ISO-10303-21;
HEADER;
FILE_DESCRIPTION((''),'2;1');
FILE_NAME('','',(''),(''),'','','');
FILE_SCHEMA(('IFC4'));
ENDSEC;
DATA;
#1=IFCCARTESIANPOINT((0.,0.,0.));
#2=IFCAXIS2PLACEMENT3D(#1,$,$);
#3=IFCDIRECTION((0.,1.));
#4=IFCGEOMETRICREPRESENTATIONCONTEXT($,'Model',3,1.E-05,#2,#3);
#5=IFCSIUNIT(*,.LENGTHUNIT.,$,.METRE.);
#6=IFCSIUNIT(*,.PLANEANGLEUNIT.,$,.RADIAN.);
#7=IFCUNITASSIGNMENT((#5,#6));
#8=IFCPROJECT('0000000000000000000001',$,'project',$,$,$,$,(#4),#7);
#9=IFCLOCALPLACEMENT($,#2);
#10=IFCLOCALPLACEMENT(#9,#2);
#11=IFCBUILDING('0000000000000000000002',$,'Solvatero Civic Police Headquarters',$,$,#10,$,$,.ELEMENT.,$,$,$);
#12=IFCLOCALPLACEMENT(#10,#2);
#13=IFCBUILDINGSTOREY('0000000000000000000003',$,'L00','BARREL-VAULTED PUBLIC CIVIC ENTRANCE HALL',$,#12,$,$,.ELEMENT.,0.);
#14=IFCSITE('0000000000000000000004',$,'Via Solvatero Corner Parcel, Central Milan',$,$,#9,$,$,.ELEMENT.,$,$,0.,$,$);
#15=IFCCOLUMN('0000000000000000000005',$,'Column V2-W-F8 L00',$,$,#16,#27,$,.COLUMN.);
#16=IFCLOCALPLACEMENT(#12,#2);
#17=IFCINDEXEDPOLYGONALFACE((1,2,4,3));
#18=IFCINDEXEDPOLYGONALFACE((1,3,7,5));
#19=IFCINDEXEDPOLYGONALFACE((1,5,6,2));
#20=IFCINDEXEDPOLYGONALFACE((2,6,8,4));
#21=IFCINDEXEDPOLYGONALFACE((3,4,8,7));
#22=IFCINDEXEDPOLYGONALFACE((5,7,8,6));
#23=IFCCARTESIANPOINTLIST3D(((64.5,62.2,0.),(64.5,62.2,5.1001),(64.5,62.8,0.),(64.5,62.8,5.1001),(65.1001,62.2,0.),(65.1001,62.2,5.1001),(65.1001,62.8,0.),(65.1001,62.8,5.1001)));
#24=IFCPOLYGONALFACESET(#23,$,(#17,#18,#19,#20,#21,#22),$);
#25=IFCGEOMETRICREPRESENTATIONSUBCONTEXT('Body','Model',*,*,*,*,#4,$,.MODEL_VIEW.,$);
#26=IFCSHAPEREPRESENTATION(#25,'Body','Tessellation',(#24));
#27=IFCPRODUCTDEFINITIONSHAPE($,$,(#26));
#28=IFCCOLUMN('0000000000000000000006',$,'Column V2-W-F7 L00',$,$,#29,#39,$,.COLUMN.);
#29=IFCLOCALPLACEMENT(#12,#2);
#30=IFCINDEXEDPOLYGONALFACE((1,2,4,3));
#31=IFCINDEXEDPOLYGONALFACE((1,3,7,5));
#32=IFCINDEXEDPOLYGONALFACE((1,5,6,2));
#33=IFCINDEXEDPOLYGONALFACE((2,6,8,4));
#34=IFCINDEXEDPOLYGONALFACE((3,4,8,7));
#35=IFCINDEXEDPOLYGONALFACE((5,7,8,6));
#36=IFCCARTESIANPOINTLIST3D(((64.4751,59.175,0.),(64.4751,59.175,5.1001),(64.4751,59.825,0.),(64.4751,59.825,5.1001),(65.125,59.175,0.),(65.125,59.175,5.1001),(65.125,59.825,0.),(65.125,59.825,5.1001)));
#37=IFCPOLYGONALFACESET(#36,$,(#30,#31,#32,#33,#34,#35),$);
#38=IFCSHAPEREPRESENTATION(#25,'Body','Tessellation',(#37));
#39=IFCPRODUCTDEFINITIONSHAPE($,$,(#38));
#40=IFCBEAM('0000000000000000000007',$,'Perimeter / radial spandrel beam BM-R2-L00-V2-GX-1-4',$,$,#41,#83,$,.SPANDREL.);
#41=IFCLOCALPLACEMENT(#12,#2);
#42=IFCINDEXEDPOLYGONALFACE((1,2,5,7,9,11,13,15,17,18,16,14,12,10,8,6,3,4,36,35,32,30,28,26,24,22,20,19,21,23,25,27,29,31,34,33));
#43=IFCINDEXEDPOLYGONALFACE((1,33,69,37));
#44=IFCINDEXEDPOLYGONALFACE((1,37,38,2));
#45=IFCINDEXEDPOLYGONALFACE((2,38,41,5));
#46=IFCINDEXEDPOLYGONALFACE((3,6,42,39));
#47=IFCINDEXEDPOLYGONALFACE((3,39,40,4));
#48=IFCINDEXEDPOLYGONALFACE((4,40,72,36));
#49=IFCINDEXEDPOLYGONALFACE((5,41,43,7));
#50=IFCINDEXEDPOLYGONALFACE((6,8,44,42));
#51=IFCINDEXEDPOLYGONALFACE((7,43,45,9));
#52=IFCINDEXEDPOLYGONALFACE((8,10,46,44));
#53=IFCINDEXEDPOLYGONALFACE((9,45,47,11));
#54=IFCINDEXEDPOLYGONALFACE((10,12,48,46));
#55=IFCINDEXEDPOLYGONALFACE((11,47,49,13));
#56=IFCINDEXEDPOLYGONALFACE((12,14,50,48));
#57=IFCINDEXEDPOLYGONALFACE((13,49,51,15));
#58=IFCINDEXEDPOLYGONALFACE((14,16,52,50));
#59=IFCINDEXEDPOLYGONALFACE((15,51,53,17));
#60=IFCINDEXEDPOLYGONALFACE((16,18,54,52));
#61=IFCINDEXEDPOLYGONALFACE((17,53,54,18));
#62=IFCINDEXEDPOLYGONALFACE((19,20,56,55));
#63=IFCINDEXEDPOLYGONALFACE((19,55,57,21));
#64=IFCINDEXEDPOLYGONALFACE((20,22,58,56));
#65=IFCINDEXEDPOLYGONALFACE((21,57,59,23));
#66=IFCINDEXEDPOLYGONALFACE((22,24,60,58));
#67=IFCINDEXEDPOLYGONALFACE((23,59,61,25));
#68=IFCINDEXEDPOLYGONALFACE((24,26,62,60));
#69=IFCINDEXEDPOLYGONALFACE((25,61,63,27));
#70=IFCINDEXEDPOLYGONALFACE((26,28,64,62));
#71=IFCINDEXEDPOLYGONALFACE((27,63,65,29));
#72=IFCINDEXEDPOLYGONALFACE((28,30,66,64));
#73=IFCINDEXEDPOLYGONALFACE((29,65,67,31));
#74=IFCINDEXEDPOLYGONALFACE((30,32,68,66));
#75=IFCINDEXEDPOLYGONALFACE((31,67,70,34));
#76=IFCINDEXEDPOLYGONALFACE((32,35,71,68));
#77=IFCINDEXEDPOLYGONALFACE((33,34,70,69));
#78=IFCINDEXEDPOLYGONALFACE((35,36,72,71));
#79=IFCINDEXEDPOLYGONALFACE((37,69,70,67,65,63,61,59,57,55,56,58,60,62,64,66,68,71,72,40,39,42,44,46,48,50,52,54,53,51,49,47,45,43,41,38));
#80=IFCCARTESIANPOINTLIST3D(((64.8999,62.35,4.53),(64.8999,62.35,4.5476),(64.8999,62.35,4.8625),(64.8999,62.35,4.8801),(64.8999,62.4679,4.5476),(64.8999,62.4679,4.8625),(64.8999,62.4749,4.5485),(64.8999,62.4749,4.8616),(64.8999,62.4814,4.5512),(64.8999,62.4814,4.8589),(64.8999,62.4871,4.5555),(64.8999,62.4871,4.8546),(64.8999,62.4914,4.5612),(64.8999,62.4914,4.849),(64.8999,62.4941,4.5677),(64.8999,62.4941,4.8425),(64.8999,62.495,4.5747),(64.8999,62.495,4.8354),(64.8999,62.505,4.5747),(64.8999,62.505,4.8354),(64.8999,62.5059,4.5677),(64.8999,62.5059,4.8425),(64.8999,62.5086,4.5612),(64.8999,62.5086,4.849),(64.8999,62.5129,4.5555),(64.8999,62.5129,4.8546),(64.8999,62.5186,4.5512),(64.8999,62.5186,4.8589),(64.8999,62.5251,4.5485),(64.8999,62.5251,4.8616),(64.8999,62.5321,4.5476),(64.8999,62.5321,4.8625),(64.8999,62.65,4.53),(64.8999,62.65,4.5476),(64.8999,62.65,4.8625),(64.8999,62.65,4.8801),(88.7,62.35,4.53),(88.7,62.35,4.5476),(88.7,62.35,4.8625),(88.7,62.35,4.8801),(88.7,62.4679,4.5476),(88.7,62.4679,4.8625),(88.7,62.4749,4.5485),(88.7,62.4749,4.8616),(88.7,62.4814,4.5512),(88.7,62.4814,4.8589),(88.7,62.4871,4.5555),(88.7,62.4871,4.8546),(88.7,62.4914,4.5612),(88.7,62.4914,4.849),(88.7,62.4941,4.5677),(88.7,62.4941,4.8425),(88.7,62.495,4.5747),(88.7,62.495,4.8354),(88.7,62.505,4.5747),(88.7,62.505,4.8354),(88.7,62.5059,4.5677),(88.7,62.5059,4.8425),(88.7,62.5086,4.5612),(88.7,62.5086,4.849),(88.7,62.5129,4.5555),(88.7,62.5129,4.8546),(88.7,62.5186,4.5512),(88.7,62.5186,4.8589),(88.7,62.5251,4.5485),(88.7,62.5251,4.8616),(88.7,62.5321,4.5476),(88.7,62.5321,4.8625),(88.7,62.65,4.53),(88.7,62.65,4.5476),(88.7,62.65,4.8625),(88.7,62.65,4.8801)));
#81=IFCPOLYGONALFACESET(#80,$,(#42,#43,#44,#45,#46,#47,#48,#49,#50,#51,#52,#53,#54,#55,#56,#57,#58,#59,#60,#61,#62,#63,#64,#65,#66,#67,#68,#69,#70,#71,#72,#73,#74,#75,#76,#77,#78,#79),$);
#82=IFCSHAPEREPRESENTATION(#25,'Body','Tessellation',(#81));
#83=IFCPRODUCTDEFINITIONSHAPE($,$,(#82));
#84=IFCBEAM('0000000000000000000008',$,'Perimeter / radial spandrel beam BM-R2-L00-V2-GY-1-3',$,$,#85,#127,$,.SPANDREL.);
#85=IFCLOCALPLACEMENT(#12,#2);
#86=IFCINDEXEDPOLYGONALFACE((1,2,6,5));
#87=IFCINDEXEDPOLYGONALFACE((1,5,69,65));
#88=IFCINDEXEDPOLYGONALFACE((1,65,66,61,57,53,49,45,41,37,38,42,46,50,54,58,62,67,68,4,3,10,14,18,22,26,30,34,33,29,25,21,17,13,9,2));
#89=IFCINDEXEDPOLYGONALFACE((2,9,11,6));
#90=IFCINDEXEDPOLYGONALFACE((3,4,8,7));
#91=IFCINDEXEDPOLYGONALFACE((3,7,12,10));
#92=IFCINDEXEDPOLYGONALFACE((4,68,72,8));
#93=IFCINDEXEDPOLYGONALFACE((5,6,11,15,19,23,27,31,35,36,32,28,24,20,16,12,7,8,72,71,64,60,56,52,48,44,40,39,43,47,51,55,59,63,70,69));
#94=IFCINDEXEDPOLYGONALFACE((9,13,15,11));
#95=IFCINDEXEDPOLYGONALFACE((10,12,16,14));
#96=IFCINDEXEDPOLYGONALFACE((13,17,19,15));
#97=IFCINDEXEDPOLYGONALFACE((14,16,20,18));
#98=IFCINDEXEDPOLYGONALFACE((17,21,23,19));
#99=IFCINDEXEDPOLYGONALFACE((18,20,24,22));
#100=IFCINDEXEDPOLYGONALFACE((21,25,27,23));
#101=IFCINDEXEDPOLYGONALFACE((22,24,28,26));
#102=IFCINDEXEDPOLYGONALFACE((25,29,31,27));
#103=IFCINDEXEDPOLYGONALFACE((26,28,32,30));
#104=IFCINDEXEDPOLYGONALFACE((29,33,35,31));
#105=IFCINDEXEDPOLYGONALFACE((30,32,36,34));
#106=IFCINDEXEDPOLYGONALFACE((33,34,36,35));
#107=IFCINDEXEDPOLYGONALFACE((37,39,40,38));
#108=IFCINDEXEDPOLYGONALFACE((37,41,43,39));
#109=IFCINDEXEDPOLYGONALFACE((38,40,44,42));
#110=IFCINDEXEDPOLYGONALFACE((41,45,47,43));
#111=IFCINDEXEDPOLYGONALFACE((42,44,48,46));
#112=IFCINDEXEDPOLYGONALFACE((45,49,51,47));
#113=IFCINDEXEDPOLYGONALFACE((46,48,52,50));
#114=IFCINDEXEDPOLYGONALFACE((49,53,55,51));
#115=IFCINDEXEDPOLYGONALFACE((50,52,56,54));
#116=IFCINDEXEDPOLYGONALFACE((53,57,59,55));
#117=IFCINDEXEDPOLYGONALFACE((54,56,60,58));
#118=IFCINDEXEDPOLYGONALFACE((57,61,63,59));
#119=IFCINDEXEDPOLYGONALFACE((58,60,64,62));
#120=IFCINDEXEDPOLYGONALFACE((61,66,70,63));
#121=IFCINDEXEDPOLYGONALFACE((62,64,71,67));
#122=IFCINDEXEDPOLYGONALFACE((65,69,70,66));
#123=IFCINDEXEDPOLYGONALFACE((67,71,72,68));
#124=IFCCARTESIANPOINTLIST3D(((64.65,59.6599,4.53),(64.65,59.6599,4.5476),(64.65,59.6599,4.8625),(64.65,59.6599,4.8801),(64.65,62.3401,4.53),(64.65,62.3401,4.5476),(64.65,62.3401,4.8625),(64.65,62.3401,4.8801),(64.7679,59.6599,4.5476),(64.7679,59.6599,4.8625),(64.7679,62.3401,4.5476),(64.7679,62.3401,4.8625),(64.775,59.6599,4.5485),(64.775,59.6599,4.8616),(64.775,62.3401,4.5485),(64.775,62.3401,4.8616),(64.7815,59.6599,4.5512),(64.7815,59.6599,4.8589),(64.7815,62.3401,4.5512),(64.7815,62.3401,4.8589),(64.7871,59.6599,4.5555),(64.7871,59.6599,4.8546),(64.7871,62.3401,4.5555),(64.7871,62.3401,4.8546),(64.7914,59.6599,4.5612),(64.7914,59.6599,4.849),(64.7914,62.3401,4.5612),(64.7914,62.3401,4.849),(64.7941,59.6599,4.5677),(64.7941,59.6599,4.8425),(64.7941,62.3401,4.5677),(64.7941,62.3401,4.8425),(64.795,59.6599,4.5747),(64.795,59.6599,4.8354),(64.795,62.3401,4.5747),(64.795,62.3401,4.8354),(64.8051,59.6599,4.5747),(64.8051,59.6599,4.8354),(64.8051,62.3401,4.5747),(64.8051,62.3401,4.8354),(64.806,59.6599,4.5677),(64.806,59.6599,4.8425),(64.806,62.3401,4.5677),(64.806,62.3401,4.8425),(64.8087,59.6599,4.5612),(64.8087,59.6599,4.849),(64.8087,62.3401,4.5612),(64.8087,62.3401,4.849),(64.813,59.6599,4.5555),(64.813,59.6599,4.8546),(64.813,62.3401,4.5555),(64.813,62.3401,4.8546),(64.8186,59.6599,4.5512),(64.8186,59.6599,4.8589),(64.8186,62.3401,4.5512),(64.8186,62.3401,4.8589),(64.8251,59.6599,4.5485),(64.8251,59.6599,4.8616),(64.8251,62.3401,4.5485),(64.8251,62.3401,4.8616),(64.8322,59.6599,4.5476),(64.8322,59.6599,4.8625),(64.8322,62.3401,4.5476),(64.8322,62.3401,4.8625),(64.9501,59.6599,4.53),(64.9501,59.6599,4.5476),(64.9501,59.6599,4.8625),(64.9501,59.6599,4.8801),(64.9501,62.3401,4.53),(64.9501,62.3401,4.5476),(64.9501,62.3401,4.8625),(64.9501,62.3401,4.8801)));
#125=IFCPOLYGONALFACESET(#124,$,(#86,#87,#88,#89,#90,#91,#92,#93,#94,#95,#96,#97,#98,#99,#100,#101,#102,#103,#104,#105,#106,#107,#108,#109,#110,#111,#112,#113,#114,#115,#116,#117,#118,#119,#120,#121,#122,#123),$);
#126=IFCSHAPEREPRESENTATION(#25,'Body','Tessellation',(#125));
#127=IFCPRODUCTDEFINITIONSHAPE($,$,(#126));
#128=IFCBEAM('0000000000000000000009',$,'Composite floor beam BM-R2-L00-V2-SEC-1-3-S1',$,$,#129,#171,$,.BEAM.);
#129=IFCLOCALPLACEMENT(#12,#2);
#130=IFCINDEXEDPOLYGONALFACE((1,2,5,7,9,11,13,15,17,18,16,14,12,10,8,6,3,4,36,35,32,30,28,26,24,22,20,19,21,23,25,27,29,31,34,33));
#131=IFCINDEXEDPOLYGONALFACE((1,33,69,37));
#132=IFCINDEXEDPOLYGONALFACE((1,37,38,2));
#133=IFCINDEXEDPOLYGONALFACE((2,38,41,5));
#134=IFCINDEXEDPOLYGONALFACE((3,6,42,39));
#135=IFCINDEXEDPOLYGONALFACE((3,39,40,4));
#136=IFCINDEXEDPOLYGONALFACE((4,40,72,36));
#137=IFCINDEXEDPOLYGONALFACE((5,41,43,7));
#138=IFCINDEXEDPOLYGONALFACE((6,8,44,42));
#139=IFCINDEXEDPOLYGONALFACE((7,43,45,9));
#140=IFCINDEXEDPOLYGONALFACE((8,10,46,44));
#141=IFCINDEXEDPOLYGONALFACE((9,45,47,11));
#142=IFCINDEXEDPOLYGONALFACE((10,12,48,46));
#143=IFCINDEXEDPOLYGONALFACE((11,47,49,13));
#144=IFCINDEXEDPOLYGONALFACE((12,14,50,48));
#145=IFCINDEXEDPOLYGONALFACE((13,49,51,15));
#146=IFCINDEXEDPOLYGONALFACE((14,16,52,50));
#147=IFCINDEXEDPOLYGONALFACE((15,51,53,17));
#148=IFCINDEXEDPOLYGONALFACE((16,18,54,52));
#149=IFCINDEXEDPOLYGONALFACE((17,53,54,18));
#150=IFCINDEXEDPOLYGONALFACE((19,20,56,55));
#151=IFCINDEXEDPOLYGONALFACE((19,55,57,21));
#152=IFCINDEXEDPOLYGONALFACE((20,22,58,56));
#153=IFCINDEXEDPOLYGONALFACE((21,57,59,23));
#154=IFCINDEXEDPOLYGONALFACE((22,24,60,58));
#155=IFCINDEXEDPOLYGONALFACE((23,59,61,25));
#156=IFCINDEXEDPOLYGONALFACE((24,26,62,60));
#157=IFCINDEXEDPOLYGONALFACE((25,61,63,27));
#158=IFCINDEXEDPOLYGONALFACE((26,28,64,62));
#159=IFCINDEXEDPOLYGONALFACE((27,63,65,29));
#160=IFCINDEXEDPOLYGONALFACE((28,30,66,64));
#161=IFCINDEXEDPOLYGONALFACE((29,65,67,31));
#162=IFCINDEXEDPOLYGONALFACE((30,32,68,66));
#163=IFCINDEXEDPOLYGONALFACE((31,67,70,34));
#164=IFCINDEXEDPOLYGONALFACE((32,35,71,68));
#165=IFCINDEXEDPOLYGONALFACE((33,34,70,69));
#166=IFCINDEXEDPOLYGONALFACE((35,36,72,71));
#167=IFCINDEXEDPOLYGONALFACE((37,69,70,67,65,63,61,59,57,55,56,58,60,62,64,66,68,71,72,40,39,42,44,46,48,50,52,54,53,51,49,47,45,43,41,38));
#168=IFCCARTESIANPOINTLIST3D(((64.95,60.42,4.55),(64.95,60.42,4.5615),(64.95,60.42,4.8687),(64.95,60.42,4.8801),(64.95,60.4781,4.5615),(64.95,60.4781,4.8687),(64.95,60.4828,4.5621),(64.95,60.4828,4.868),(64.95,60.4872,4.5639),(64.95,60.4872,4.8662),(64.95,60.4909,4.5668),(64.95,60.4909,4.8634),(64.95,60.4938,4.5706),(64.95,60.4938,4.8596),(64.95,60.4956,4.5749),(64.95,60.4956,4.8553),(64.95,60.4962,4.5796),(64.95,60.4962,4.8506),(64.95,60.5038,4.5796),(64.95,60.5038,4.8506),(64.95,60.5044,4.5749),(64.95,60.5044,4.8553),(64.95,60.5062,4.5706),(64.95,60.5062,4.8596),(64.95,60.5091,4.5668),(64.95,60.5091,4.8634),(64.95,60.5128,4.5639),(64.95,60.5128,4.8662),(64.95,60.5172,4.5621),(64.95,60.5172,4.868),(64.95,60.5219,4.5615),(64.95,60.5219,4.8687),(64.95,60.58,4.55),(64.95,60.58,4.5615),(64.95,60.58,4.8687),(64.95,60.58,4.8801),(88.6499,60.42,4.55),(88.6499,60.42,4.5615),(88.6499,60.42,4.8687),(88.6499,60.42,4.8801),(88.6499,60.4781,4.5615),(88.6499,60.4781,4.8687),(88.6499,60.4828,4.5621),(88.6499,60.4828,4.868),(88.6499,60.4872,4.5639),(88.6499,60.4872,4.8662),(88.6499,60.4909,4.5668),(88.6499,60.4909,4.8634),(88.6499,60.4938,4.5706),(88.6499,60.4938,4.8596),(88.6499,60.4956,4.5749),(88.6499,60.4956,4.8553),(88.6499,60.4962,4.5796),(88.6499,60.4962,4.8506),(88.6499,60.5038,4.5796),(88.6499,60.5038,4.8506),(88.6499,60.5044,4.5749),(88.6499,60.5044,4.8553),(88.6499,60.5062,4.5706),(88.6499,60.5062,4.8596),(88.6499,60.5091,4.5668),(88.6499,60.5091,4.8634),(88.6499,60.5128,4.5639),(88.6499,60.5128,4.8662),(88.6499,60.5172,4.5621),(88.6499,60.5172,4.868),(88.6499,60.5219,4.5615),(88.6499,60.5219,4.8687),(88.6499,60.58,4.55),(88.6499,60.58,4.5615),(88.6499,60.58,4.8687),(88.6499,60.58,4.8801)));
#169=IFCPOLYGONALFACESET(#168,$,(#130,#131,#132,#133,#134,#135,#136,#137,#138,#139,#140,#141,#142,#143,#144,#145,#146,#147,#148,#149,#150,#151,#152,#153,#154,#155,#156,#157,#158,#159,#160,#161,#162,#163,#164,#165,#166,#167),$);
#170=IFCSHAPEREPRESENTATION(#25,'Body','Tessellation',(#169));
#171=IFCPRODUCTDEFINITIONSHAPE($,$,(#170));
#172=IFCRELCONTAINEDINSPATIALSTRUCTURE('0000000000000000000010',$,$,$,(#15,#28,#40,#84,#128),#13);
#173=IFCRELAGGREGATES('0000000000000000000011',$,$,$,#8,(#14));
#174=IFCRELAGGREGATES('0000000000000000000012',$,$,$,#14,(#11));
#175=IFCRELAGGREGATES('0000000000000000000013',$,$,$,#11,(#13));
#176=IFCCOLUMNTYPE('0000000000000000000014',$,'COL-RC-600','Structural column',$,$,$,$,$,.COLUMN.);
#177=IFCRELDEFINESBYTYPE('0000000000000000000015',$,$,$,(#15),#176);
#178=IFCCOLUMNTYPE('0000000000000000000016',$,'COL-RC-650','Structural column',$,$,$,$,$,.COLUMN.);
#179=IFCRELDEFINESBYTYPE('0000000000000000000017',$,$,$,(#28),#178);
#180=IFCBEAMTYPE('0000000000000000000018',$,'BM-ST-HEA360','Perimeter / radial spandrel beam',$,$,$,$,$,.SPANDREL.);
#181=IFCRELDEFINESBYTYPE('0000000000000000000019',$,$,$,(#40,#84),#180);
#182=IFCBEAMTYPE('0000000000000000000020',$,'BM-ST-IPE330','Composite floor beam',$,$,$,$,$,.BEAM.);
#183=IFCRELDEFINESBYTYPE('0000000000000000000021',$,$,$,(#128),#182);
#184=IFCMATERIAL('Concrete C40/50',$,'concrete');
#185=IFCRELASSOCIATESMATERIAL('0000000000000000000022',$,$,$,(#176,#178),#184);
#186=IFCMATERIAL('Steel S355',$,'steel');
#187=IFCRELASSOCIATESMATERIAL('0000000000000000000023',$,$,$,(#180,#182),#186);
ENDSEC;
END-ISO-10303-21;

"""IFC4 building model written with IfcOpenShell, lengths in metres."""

from ifc_helpers import new_model, si_unit, direction, frame, origin, origin_2d, place, context, subcontext, project, spatial, rectangle, i_section, extrude, material, material_profile, profile_set, type_object, element, save


model = new_model("IFC4")

# Units and contexts
model_context = context("Model", 3, precision=1e-05, world=origin(), true_north=direction((0.0, 1.0)))
body_context = subcontext(model_context, "Body", "Model", "MODEL_VIEW")
ifc_project = project(units=[si_unit("LENGTHUNIT", "METRE"), si_unit("PLANEANGLEUNIT", "RADIAN")], contexts=[model_context])

# Site, building, storey
site_placement = place(None, origin())
site = spatial("IfcSite", under=ifc_project, at=site_placement, Name="Via Solvatero Corner Parcel, Central Milan", CompositionType="ELEMENT", RefElevation=0.0)
building_placement = place(site_placement, origin())
building = spatial("IfcBuilding", under=site, at=building_placement, Name="Solvatero Civic Police Headquarters", CompositionType="ELEMENT")
storey_placement = place(building_placement, origin())
storey = spatial("IfcBuildingStorey", under=building, at=storey_placement, Name="L00", Description="BARREL-VAULTED PUBLIC CIVIC ENTRANCE HALL", CompositionType="ELEMENT", Elevation=0.0)

# Columns
ifc_material_1 = material(Name="Concrete C40/50", Category="concrete")
ifc_material_profile_1 = material_profile(ifc_material_1, rectangle(XDim=0.6001, YDim=0.6001, at=origin_2d()), Name="RC 600x600")
ifc_profile_set_1 = profile_set([ifc_material_profile_1], Name="Concrete C40/50")
column_type_1 = type_object("IfcColumnType", Name="COL-RC-600", Description="Structural column", PredefinedType="COLUMN", material=ifc_profile_set_1)
column_1_placement = place(storey_placement, frame((64.8, 62.5, 0.0), z_axis=(0.0, 0.0, 1.0), x_axis=(1.0, 0.0, 0.0)))
element("IfcColumn", 1, at=column_1_placement, inside=storey, type_object=column_type_1, Name="Column V2-W-F8 L00", PredefinedType="COLUMN", context=body_context, shape_type="SweptSolid", body=[
    extrude(rectangle(XDim=0.6001, YDim=0.6001, at=origin_2d()), origin(), (0.0, 0.0, 1.0), 5.1001),
])
ifc_material_profile_2 = material_profile(ifc_material_1, rectangle(XDim=0.6499, YDim=0.6499, at=origin_2d()), Name="RC 650x650")
ifc_profile_set_2 = profile_set([ifc_material_profile_2], Name="Concrete C40/50")
column_type_2 = type_object("IfcColumnType", Name="COL-RC-650", Description="Structural column", PredefinedType="COLUMN", material=ifc_profile_set_2)
column_2_placement = place(storey_placement, frame((64.8, 59.5, 0.0), z_axis=(0.0, 0.0, 1.0), x_axis=(1.0, 0.0, 0.0)))
element("IfcColumn", 2, at=column_2_placement, inside=storey, type_object=column_type_2, Name="Column V2-W-F7 L00", PredefinedType="COLUMN", context=body_context, shape_type="SweptSolid", body=[
    extrude(rectangle(XDim=0.6499, YDim=0.6499, at=origin_2d()), origin(), (0.0, 0.0, 1.0), 5.1001),
])

# Beams
ifc_material_2 = material(Name="Steel S355", Category="steel")
ifc_material_profile_3 = material_profile(ifc_material_2, i_section(OverallWidth=0.3, OverallDepth=0.3501, WebThickness=0.01, FlangeThickness=0.0176, FilletRadius=0.0271, at=origin_2d()), Name="HEA 360")
ifc_profile_set_3 = profile_set([ifc_material_profile_3], Name="Steel S355")
beam_type_1 = type_object("IfcBeamType", Name="BM-ST-HEA360", Description="Perimeter / radial spandrel beam", PredefinedType="SPANDREL", material=ifc_profile_set_3)
beam_1_placement = place(storey_placement, frame((64.8999, 62.5, 4.7051), z_axis=(1.0, 0.0, 0.0), x_axis=(0.0, 1.0, 0.0)))
element("IfcBeam", 3, at=beam_1_placement, inside=storey, type_object=beam_type_1, Name="Perimeter / radial spandrel beam BM-R2-L00-V2-GX-1-4", PredefinedType="SPANDREL", context=body_context, shape_type="SweptSolid", body=[
    extrude(i_section(OverallWidth=0.3, OverallDepth=0.3501, WebThickness=0.01, FlangeThickness=0.0176, FilletRadius=0.0271, at=origin_2d()), origin(), (0.0, 0.0, 1.0), 23.8),
])
beam_2_placement = place(storey_placement, frame((64.8, 59.6599, 4.7051), z_axis=(0.0, 1.0, 0.0), x_axis=(-1.0, 0.0, 0.0)))
element("IfcBeam", 4, at=beam_2_placement, inside=storey, type_object=beam_type_1, Name="Perimeter / radial spandrel beam BM-R2-L00-V2-GY-1-3", PredefinedType="SPANDREL", context=body_context, shape_type="SweptSolid", body=[
    extrude(i_section(OverallWidth=0.3, OverallDepth=0.3501, WebThickness=0.01, FlangeThickness=0.0176, FilletRadius=0.0271, at=origin_2d()), origin(), (0.0, 0.0, 1.0), 2.6802),
])
ifc_material_profile_4 = material_profile(ifc_material_2, i_section(OverallWidth=0.1599, OverallDepth=0.3301, WebThickness=0.0076, FlangeThickness=0.0115, FilletRadius=0.0181, at=origin_2d()), Name="IPE 330")
ifc_profile_set_4 = profile_set([ifc_material_profile_4], Name="Steel S355")
beam_type_2 = type_object("IfcBeamType", Name="BM-ST-IPE330", Description="Composite floor beam", PredefinedType="BEAM", material=ifc_profile_set_4)
for number, where, z_axis, x_axis, name in (
    (5, (64.95, 60.5, 4.7151), (1.0, 0.0, 0.0), (0.0, 1.0, 0.0), "Composite floor beam BM-R2-L00-V2-SEC-1-3-S1"),
):
    element("IfcBeam", number, at=place(storey_placement, frame(where, z_axis=z_axis, x_axis=x_axis)), inside=storey, type_object=beam_type_2, Name=name, PredefinedType="BEAM", context=body_context, shape_type="SweptSolid", body=[
        extrude(i_section(OverallWidth=0.1599, OverallDepth=0.3301, WebThickness=0.0076, FlangeThickness=0.0115, FilletRadius=0.0181, at=origin_2d()), origin(), (0.0, 0.0, 1.0), 23.7),
    ])

save(model, "model.ifc")
